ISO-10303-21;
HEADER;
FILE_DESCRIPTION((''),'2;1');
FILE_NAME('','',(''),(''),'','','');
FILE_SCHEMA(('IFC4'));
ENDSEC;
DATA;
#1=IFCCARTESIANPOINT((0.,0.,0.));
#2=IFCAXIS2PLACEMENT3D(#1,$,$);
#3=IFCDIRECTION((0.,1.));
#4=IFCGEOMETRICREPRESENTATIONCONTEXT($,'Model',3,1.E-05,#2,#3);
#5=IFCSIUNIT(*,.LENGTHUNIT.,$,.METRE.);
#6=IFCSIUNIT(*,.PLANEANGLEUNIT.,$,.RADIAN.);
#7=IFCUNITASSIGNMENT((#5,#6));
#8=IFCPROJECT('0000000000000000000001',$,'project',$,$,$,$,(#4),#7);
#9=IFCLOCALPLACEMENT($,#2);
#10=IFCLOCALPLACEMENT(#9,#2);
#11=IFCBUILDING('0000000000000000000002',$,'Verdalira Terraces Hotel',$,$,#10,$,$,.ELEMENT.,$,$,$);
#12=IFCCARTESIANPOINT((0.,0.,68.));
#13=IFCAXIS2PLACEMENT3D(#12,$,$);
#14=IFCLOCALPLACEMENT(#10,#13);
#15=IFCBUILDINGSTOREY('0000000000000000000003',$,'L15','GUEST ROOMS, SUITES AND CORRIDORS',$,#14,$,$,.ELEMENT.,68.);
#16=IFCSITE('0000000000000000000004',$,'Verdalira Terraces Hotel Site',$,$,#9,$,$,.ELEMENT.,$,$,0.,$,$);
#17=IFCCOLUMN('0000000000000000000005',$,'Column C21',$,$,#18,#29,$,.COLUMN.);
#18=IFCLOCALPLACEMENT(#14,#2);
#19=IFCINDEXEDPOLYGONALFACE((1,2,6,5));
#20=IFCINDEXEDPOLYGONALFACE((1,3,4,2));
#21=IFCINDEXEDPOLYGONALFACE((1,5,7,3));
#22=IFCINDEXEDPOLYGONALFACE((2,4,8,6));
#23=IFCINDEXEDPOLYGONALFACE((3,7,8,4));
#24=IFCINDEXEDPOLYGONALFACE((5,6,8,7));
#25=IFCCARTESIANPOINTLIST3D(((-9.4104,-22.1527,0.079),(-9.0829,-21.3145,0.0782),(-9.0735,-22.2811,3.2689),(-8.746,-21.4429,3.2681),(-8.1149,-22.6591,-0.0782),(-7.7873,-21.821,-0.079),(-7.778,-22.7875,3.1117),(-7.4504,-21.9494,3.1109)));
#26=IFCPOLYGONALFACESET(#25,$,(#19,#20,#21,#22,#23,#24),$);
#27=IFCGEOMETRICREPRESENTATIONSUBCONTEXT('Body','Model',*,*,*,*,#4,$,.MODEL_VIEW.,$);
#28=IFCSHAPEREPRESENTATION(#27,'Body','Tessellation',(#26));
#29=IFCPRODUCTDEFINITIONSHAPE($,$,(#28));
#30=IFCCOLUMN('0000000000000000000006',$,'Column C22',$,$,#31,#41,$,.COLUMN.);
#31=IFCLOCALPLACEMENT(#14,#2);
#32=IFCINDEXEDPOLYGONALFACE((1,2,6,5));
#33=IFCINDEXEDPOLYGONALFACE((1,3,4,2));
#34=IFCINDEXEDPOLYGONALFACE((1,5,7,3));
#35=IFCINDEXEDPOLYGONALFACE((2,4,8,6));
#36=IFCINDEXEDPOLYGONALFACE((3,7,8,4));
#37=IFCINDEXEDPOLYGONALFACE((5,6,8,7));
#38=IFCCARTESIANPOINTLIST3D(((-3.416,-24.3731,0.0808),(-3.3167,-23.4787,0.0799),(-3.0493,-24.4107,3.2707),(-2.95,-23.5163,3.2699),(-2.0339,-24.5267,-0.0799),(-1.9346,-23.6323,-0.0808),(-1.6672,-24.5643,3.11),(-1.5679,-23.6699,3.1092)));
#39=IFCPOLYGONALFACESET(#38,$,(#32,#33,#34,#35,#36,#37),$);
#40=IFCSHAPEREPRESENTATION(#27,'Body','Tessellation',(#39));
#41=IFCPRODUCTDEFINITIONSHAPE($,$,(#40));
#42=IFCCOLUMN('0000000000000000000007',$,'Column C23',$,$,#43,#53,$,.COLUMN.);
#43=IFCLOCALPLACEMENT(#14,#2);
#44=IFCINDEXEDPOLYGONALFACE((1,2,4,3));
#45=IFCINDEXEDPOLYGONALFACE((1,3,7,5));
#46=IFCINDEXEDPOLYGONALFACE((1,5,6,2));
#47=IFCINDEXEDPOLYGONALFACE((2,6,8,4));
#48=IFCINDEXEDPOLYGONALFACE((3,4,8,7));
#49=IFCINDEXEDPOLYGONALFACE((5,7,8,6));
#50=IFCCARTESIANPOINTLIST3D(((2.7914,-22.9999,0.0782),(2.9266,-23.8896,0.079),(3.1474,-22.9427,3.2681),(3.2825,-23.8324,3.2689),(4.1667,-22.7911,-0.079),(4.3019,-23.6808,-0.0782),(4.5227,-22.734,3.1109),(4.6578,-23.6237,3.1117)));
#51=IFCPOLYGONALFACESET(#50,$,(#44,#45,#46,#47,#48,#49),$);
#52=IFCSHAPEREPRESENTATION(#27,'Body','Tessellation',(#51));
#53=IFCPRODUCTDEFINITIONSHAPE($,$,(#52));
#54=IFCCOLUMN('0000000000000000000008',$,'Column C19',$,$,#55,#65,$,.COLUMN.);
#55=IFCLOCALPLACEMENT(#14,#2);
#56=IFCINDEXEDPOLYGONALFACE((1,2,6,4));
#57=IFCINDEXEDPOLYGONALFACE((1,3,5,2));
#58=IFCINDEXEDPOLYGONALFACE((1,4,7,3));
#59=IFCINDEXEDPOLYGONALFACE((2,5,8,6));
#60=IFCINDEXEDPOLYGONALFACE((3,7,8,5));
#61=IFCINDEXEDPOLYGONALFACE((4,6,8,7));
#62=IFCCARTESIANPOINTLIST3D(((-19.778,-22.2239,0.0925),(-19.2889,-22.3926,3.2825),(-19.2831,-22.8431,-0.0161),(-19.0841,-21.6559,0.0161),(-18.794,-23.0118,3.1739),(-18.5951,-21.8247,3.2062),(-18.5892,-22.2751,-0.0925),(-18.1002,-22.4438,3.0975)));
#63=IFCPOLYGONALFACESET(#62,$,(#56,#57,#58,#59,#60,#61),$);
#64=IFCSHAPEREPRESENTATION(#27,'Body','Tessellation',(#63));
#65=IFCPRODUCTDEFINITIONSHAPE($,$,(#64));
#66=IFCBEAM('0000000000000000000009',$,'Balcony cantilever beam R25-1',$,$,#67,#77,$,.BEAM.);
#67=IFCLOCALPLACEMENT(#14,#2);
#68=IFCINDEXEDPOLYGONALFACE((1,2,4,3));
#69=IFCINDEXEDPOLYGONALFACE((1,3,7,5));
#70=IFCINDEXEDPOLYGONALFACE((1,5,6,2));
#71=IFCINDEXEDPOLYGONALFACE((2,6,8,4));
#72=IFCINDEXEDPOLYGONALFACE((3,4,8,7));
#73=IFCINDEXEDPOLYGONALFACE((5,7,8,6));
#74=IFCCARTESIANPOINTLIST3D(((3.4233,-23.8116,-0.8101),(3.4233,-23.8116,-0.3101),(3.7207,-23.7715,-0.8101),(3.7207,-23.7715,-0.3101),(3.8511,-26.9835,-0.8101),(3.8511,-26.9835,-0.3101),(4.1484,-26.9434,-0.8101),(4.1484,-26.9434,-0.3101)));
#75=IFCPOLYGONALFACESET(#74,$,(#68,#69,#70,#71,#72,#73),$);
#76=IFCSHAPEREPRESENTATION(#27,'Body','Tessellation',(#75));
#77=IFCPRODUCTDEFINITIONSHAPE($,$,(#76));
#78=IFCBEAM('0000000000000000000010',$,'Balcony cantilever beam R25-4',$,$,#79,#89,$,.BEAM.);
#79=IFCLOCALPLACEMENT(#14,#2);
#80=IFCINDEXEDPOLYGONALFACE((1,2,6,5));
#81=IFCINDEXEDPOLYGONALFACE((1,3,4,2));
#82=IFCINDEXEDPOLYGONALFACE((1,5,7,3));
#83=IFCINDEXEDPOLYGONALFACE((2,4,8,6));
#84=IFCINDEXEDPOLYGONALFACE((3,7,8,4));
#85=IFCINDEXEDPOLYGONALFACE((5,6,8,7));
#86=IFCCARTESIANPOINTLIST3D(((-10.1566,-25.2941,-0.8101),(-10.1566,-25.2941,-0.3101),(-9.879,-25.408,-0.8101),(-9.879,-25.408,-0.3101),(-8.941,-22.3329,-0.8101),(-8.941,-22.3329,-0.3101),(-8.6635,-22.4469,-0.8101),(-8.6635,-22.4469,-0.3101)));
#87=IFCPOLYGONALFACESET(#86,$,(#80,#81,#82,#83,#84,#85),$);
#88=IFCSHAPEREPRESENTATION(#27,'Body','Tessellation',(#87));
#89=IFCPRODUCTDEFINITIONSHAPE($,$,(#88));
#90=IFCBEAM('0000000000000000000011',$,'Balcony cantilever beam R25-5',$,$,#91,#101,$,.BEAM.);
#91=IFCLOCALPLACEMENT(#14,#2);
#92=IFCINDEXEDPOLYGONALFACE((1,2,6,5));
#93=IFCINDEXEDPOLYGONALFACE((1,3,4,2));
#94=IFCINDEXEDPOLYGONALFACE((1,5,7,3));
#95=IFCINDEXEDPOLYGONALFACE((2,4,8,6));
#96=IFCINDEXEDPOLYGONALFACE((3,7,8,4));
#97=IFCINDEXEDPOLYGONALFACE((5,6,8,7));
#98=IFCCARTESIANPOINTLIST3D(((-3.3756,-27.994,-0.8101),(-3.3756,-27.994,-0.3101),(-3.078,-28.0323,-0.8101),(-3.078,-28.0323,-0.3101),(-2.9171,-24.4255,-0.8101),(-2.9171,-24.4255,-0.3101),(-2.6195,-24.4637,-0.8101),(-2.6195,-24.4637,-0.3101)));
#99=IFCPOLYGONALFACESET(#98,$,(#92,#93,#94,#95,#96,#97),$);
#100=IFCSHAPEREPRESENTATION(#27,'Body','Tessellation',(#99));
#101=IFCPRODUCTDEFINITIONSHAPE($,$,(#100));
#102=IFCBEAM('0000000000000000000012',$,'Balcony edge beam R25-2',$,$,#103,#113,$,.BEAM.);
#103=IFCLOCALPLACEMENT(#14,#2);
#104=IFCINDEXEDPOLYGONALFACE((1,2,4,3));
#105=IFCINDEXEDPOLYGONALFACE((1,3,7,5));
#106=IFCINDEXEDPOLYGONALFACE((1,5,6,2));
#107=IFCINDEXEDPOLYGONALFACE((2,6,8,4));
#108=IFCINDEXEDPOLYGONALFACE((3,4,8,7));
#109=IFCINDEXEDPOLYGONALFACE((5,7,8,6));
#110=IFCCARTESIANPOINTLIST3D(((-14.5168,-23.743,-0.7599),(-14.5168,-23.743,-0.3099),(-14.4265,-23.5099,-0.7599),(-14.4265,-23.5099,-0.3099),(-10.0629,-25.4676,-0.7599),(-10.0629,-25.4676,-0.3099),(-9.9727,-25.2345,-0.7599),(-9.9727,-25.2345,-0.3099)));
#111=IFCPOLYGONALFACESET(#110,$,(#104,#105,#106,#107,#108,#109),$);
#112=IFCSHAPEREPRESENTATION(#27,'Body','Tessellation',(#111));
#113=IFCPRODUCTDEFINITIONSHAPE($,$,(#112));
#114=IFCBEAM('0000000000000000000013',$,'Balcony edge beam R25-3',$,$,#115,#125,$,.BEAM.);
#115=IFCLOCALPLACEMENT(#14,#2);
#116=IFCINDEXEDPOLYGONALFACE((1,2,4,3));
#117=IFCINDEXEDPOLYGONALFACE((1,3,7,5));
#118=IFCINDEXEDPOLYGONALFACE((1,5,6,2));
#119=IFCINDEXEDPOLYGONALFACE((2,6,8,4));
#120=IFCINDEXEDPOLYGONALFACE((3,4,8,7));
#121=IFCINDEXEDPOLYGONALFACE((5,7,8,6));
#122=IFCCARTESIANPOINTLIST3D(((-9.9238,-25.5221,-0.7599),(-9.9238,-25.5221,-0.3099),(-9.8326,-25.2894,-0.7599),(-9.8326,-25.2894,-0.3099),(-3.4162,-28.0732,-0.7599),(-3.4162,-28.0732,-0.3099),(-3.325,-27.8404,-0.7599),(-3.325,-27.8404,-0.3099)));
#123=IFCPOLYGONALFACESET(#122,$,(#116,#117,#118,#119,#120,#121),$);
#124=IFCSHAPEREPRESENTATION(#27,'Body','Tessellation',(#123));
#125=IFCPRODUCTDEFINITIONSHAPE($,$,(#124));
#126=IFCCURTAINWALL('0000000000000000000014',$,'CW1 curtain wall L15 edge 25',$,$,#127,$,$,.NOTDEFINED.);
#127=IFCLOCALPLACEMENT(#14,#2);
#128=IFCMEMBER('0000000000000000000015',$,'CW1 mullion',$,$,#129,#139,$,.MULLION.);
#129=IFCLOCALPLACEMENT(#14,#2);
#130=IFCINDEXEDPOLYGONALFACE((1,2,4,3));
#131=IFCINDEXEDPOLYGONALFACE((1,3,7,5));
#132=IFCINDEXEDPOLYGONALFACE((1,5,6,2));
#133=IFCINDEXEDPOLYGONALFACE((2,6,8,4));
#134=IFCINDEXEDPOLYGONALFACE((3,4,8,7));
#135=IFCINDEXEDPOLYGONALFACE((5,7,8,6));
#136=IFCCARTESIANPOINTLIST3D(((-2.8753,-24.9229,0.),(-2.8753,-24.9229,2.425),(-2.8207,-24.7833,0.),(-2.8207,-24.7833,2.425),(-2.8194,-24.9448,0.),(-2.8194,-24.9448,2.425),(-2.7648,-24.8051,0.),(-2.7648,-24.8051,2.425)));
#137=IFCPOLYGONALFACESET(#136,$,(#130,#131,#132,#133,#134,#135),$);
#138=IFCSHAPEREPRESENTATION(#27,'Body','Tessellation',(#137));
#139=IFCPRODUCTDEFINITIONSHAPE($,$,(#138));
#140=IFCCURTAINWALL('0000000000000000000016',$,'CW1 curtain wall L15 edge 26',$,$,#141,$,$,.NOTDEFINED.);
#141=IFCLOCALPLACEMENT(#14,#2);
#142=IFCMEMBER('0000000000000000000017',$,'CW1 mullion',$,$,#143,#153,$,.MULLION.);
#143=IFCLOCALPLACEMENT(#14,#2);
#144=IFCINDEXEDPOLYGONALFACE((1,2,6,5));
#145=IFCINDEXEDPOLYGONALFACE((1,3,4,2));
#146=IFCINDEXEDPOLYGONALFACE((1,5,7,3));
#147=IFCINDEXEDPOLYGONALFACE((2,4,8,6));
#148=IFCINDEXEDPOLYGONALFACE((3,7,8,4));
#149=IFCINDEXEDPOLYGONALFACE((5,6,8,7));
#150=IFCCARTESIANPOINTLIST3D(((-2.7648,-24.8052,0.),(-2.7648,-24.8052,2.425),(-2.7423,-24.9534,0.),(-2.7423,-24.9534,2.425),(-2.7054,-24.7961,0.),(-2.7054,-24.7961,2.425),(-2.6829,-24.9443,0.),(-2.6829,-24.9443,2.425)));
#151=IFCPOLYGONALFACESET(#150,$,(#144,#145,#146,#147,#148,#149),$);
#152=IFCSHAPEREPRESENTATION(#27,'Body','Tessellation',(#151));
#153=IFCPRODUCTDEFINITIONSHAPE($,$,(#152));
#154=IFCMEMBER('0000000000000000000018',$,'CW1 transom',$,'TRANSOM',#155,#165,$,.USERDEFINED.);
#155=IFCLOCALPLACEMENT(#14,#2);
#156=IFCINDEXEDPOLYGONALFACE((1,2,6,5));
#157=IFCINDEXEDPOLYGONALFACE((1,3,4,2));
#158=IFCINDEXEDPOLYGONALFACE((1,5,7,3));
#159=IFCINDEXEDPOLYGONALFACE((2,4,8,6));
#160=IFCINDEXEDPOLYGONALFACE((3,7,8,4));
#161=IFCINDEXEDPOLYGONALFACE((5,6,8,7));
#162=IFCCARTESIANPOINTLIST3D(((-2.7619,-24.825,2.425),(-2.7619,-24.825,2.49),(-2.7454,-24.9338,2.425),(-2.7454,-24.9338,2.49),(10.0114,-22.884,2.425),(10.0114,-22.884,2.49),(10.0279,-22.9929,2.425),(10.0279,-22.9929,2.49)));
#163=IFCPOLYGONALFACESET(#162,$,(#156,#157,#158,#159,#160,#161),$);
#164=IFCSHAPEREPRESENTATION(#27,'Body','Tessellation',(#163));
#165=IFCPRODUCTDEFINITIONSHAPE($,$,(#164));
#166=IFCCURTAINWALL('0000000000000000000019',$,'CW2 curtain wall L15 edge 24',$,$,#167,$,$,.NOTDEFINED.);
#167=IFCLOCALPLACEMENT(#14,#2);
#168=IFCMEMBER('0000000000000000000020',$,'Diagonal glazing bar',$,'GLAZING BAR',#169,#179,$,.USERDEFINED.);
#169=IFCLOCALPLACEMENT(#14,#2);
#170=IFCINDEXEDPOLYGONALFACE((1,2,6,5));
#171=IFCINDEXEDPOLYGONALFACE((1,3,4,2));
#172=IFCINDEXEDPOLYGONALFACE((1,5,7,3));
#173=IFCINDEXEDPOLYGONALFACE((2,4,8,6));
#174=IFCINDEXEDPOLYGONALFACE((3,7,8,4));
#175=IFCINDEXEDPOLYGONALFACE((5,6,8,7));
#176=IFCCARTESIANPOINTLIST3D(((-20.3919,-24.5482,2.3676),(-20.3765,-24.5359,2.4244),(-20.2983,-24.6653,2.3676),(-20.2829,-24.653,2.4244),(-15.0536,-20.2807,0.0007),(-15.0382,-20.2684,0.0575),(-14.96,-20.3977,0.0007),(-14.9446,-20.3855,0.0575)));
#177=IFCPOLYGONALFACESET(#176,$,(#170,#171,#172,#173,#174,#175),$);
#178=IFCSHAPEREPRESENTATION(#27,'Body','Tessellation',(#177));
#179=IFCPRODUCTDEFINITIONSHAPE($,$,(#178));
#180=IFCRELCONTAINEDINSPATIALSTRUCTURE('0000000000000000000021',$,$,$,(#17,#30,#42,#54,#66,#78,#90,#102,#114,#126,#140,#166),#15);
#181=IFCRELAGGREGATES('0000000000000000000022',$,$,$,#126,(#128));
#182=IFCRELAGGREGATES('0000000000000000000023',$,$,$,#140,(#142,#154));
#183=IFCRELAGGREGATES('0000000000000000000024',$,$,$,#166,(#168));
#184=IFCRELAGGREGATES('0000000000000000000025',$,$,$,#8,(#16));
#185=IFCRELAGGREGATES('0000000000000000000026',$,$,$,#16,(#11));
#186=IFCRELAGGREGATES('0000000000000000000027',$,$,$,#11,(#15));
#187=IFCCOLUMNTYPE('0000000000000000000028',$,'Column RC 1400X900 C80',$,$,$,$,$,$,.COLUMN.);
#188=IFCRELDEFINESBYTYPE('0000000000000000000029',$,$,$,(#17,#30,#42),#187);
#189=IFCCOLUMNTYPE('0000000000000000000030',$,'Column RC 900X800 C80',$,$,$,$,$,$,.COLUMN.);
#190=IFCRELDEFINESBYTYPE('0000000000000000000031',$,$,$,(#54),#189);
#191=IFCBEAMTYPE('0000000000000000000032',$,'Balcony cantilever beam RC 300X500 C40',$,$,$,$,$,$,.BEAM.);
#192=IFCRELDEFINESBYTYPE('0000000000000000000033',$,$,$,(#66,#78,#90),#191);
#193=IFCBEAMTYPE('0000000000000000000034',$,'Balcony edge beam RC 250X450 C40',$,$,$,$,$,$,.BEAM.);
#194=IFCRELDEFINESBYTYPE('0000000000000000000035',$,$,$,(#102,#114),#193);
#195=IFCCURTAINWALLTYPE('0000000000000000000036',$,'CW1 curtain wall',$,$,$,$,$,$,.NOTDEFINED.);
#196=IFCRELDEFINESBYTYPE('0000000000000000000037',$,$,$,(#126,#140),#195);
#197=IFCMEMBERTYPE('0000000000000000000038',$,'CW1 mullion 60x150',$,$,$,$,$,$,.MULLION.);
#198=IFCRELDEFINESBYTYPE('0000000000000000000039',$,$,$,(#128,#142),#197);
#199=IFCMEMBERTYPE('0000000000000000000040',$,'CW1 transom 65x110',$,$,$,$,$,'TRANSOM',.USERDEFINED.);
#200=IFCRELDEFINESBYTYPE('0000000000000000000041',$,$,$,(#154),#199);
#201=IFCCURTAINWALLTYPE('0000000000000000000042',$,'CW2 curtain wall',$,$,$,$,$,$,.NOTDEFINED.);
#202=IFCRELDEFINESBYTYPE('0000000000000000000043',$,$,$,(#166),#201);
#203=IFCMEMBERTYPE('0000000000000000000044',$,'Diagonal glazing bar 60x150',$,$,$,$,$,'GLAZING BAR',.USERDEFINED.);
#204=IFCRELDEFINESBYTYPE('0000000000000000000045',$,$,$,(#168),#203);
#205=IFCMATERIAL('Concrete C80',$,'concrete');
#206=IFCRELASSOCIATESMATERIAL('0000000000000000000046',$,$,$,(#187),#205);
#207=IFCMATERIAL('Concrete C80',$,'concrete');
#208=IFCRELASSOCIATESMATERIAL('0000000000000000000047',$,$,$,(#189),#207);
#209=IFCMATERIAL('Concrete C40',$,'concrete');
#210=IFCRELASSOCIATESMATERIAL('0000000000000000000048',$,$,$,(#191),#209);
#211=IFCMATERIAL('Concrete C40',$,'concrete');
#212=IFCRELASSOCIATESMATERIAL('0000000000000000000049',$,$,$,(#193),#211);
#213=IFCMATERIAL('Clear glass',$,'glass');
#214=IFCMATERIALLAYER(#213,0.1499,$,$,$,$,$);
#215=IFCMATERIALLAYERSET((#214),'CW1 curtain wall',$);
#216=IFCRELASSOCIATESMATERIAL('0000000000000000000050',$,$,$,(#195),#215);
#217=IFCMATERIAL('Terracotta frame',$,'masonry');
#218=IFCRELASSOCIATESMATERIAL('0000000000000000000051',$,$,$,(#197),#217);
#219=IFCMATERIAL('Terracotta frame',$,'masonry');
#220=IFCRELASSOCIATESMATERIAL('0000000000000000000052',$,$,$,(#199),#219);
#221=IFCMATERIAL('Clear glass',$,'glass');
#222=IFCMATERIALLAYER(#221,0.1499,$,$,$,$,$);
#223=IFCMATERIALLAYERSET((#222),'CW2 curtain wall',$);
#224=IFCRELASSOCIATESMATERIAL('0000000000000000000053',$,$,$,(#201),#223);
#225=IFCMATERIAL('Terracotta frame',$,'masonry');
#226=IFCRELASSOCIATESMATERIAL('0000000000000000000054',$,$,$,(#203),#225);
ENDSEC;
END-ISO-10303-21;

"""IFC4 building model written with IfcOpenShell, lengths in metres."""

from ifc_helpers import new_model, si_unit, direction, frame, origin, origin_2d, place, context, subcontext, project, spatial, rectangle, extrude, material, layer, layer_set, material_profile, profile_set, type_object, element, aggregate, save


model = new_model("IFC4")

# Units and contexts
model_context = context("Model", 3, precision=1e-05, world=origin(), true_north=direction((0.0, 1.0)))
body_context = subcontext(model_context, "Body", "Model", "MODEL_VIEW")
ifc_project = project(units=[si_unit("LENGTHUNIT", "METRE"), si_unit("PLANEANGLEUNIT", "RADIAN")], contexts=[model_context])

# Site, building, storey
site_placement = place(None, origin())
site = spatial("IfcSite", under=ifc_project, at=site_placement, Name="Verdalira Terraces Hotel Site", CompositionType="ELEMENT", RefElevation=0.0)
building_placement = place(site_placement, origin())
building = spatial("IfcBuilding", under=site, at=building_placement, Name="Verdalira Terraces Hotel", CompositionType="ELEMENT")
storey_placement = place(building_placement, frame((0.0, 0.0, 68.0)))
storey = spatial("IfcBuildingStorey", under=building, at=storey_placement, Name="L15", Description="GUEST ROOMS, SUITES AND CORRIDORS", CompositionType="ELEMENT", Elevation=68.0)

# Columns
ifc_material_1 = material(Name="Concrete C80", Category="concrete")
ifc_material_profile_1 = material_profile(ifc_material_1, rectangle(XDim=1.3999, YDim=0.8999, at=origin_2d()), Name="RC 1400X900")
ifc_profile_set_1 = profile_set([ifc_material_profile_1], Name="Concrete C80")
column_type_1 = type_object("IfcColumnType", Name="Column RC 1400X900 C80", PredefinedType="COLUMN", material=ifc_profile_set_1)
column_1_placement = place(storey_placement, frame((-8.5989, -21.9868, 0.0), z_axis=(0.104949, -0.040002, 0.993673), x_axis=(0.925475, -0.361777, -0.112311)))
element("IfcColumn", 1, at=column_1_placement, inside=storey, type_object=column_type_1, Name="Column C21", PredefinedType="COLUMN", context=body_context, shape_type="SweptSolid", body=[
    extrude(rectangle(XDim=1.3999, YDim=0.8999, at=origin_2d()), origin(), (0.0, 0.0, 1.0), 3.2102),
])
column_2_placement = place(storey_placement, frame((-2.6753, -24.0027, 0.0), z_axis=(0.114195, -0.011708, 0.993389), x_axis=(-0.987313, 0.109707, 0.11479)))
element("IfcColumn", 2, at=column_2_placement, inside=storey, type_object=column_type_1, Name="Column C22", PredefinedType="COLUMN", context=body_context, shape_type="SweptSolid", body=[
    extrude(rectangle(XDim=1.3999, YDim=0.8999, at=origin_2d()), origin(), (0.0, 0.0, 1.0), 3.2112),
])
column_3_placement = place(storey_placement, frame((3.5466, -23.3403, 0.0), z_axis=(0.110881, 0.017796, 0.993674), x_axis=(0.98242, 0.149133, -0.112296)))
element("IfcColumn", 3, at=column_3_placement, inside=storey, type_object=column_type_1, Name="Column C23", PredefinedType="COLUMN", context=body_context, shape_type="SweptSolid", body=[
    extrude(rectangle(XDim=1.3999, YDim=0.8999, at=origin_2d()), origin(), (0.0, 0.0, 1.0), 3.2102),
])
ifc_material_2 = material(Name="Concrete C80", Category="concrete")
ifc_material_profile_2 = material_profile(ifc_material_2, rectangle(XDim=0.8999, YDim=0.8, at=origin_2d()), Name="RC 900X800")
ifc_profile_set_2 = profile_set([ifc_material_profile_2], Name="Concrete C80")
column_type_2 = type_object("IfcColumnType", Name="Column RC 900X800 C80", PredefinedType="COLUMN", material=ifc_profile_set_2)
column_4_placement = place(storey_placement, frame((-19.1836, -22.2495, 0.0), z_axis=(0.151322, -0.052203, 0.987105), x_axis=(0.771017, 0.631141, -0.084818)))
element("IfcColumn", 4, at=column_4_placement, inside=storey, type_object=column_type_2, Name="Column C19", PredefinedType="COLUMN", context=body_context, shape_type="SweptSolid", body=[
    extrude(rectangle(XDim=0.8999, YDim=0.8, at=origin_2d()), origin(), (0.0, 0.0, 1.0), 3.2317),
])

# Beams
ifc_material_3 = material(Name="Concrete C40", Category="concrete")
ifc_material_profile_3 = material_profile(ifc_material_3, rectangle(XDim=0.3, YDim=0.5, at=origin_2d()), Name="RC 300X500")
ifc_profile_set_3 = profile_set([ifc_material_profile_3], Name="Concrete C40")
beam_type_1 = type_object("IfcBeamType", Name="Balcony cantilever beam RC 300X500 C40", PredefinedType="BEAM", material=ifc_profile_set_3)
beam_1_placement = place(storey_placement, frame((3.572, -23.7915, -0.5601), z_axis=(0.133643, -0.99103, 0.0), x_axis=(0.99103, 0.133643, 0.0)))
element("IfcBeam", 5, at=beam_1_placement, inside=storey, type_object=beam_type_1, Name="Balcony cantilever beam R25-1", PredefinedType="BEAM", context=body_context, shape_type="SweptSolid", body=[
    extrude(rectangle(XDim=0.3, YDim=0.5, at=origin_2d()), origin(), (0.0, 0.0, 1.0), 3.2007),
])
beam_2_placement = place(storey_placement, frame((-8.8022, -22.3899, -0.5601), z_axis=(-0.379752, -0.925088, 0.0), x_axis=(0.925088, -0.379752, 0.0)))
element("IfcBeam", 6, at=beam_2_placement, inside=storey, type_object=beam_type_1, Name="Balcony cantilever beam R25-4", PredefinedType="BEAM", context=body_context, shape_type="SweptSolid", body=[
    extrude(rectangle(XDim=0.3, YDim=0.5, at=origin_2d()), origin(), (0.0, 0.0, 1.0), 3.2009),
])
beam_3_placement = place(storey_placement, frame((-2.7683, -24.4446, -0.5601), z_axis=(-0.127433, -0.991847, 0.0), x_axis=(0.991847, -0.127433, 0.0)))
element("IfcBeam", 7, at=beam_3_placement, inside=storey, type_object=beam_type_1, Name="Balcony cantilever beam R25-5", PredefinedType="BEAM", context=body_context, shape_type="SweptSolid", body=[
    extrude(rectangle(XDim=0.3, YDim=0.5, at=origin_2d()), origin(), (0.0, 0.0, 1.0), 3.5979),
])
ifc_material_4 = material(Name="Concrete C40", Category="concrete")
ifc_material_profile_4 = material_profile(ifc_material_4, rectangle(XDim=0.25, YDim=0.45, at=origin_2d()), Name="RC 250X450")
ifc_profile_set_4 = profile_set([ifc_material_profile_4], Name="Concrete C40")
beam_type_2 = type_object("IfcBeamType", Name="Balcony edge beam RC 250X450 C40", PredefinedType="BEAM", material=ifc_profile_set_4)
beam_4_placement = place(storey_placement, frame((-14.4717, -23.6265, -0.5349), z_axis=(0.93253, -0.361092, 0.0), x_axis=(0.361092, 0.93253, 0.0)))
element("IfcBeam", 8, at=beam_4_placement, inside=storey, type_object=beam_type_2, Name="Balcony edge beam R25-2", PredefinedType="BEAM", context=body_context, shape_type="SweptSolid", body=[
    extrude(rectangle(XDim=0.25, YDim=0.45, at=origin_2d()), origin(), (0.0, 0.0, 1.0), 4.7761),
])
beam_5_placement = place(storey_placement, frame((-9.8782, -25.4058, -0.5349), z_axis=(0.93102, -0.364968, 0.0), x_axis=(0.364968, 0.93102, 0.0)))
element("IfcBeam", 9, at=beam_5_placement, inside=storey, type_object=beam_type_2, Name="Balcony edge beam R25-3", PredefinedType="BEAM", context=body_context, shape_type="SweptSolid", body=[
    extrude(rectangle(XDim=0.25, YDim=0.45, at=origin_2d()), origin(), (0.0, 0.0, 1.0), 6.9897),
])

# Curtain wall, member
ifc_material_5 = material(Name="Clear glass", Category="glass")
ifc_layer_1 = layer(ifc_material_5, 0.1499)
ifc_layer_set_1 = layer_set([ifc_layer_1], Name="CW1 curtain wall")
curtain_wall_type_1 = type_object("IfcCurtainWallType", Name="CW1 curtain wall", PredefinedType="NOTDEFINED", material=ifc_layer_set_1)
curtain_wall_1_placement = place(storey_placement, origin())
curtain_wall_1 = element("IfcCurtainWall", 10, at=curtain_wall_1_placement, inside=storey, type_object=curtain_wall_type_1, Name="CW1 curtain wall L15 edge 25", PredefinedType="NOTDEFINED")
ifc_material_6 = material(Name="Terracotta frame", Category="masonry")
ifc_material_profile_5 = material_profile(ifc_material_6, rectangle(XDim=0.0601, YDim=0.1499, at=origin_2d()), Name="MU 60x150")
ifc_profile_set_5 = profile_set([ifc_material_profile_5], Name="Terracotta frame")
member_type_1 = type_object("IfcMemberType", Name="CW1 mullion 60x150", PredefinedType="MULLION", material=ifc_profile_set_5)
member_1_placement = place(storey_placement, frame((-2.8201, -24.864, 0.0), z_axis=(0.0, 0.0, 1.0), x_axis=(0.93131, -0.364227, 0.0)))
member_1 = element("IfcMember", 11, at=member_1_placement, type_object=member_type_1, Name="CW1 mullion", PredefinedType="MULLION", context=body_context, shape_type="SweptSolid", body=[
    extrude(rectangle(XDim=0.0601, YDim=0.1499, at=origin_2d()), origin(), (0.0, 0.0, 1.0), 2.425),
])

# Curtain wall, members
curtain_wall_2_placement = place(storey_placement, origin())
curtain_wall_2 = element("IfcCurtainWall", 12, at=curtain_wall_2_placement, inside=storey, type_object=curtain_wall_type_1, Name="CW1 curtain wall L15 edge 26", PredefinedType="NOTDEFINED")
member_2_placement = place(storey_placement, frame((-2.7239, -24.8748, 0.0), z_axis=(0.0, 0.0, 1.0), x_axis=(0.988652, 0.150226, 0.0)))
member_2 = element("IfcMember", 13, at=member_2_placement, type_object=member_type_1, Name="CW1 mullion", PredefinedType="MULLION", context=body_context, shape_type="SweptSolid", body=[
    extrude(rectangle(XDim=0.0601, YDim=0.1499, at=origin_2d()), origin(), (0.0, 0.0, 1.0), 2.425),
])
ifc_material_7 = material(Name="Terracotta frame", Category="masonry")
ifc_material_profile_6 = material_profile(ifc_material_7, rectangle(XDim=0.1101, YDim=0.0649, at=origin_2d()), Name="TR 65x110")
ifc_profile_set_6 = profile_set([ifc_material_profile_6], Name="Terracotta frame")
member_type_2 = type_object("IfcMemberType", Name="CW1 transom 65x110", ElementType="TRANSOM", PredefinedType="USERDEFINED", material=ifc_profile_set_6)
member_3_placement = place(storey_placement, frame((-2.7537, -24.8794, 2.4575), z_axis=(0.988651, 0.150228, 0.0), x_axis=(-0.150228, 0.988651, 0.0)))
member_3 = element("IfcMember", 14, at=member_3_placement, type_object=member_type_2, Name="CW1 transom", ObjectType="TRANSOM", PredefinedType="USERDEFINED", context=body_context, shape_type="SweptSolid", body=[
    extrude(rectangle(XDim=0.1101, YDim=0.0649, at=origin_2d()), origin(), (0.0, 0.0, 1.0), 12.9199),
])

# Curtain wall, member
ifc_material_8 = material(Name="Clear glass", Category="glass")
ifc_layer_2 = layer(ifc_material_8, 0.1499)
ifc_layer_set_2 = layer_set([ifc_layer_2], Name="CW2 curtain wall")
curtain_wall_type_2 = type_object("IfcCurtainWallType", Name="CW2 curtain wall", PredefinedType="NOTDEFINED", material=ifc_layer_set_2)
curtain_wall_3_placement = place(storey_placement, origin())
curtain_wall_3 = element("IfcCurtainWall", 15, at=curtain_wall_3_placement, inside=storey, type_object=curtain_wall_type_2, Name="CW2 curtain wall L15 edge 24", PredefinedType="NOTDEFINED")
ifc_material_9 = material(Name="Terracotta frame", Category="masonry")
ifc_material_profile_7 = material_profile(ifc_material_9, rectangle(XDim=0.1499, YDim=0.0601, at=origin_2d()), Name="GB 60x150")
ifc_profile_set_7 = profile_set([ifc_material_profile_7], Name="Terracotta frame")
member_type_3 = type_object("IfcMemberType", Name="Diagonal glazing bar 60x150", ElementType="GLAZING BAR", PredefinedType="USERDEFINED", material=ifc_profile_set_7)
member_4_placement = place(storey_placement, frame((-20.3374, -24.6006, 2.396), z_axis=(0.738082, 0.590034, -0.327253), x_axis=(-0.624416, 0.781092, 0.0)))
member_4 = element("IfcMember", 16, at=member_4_placement, type_object=member_type_3, Name="Diagonal glazing bar", ObjectType="GLAZING BAR", PredefinedType="USERDEFINED", context=body_context, shape_type="SweptSolid", body=[
    extrude(rectangle(XDim=0.1499, YDim=0.0601, at=origin_2d()), origin(), (0.0, 0.0, 1.0), 7.2327),
])

aggregate(curtain_wall_1, [member_1])
aggregate(curtain_wall_2, [member_2, member_3])
aggregate(curtain_wall_3, [member_4])

save(model, "model.ifc")
